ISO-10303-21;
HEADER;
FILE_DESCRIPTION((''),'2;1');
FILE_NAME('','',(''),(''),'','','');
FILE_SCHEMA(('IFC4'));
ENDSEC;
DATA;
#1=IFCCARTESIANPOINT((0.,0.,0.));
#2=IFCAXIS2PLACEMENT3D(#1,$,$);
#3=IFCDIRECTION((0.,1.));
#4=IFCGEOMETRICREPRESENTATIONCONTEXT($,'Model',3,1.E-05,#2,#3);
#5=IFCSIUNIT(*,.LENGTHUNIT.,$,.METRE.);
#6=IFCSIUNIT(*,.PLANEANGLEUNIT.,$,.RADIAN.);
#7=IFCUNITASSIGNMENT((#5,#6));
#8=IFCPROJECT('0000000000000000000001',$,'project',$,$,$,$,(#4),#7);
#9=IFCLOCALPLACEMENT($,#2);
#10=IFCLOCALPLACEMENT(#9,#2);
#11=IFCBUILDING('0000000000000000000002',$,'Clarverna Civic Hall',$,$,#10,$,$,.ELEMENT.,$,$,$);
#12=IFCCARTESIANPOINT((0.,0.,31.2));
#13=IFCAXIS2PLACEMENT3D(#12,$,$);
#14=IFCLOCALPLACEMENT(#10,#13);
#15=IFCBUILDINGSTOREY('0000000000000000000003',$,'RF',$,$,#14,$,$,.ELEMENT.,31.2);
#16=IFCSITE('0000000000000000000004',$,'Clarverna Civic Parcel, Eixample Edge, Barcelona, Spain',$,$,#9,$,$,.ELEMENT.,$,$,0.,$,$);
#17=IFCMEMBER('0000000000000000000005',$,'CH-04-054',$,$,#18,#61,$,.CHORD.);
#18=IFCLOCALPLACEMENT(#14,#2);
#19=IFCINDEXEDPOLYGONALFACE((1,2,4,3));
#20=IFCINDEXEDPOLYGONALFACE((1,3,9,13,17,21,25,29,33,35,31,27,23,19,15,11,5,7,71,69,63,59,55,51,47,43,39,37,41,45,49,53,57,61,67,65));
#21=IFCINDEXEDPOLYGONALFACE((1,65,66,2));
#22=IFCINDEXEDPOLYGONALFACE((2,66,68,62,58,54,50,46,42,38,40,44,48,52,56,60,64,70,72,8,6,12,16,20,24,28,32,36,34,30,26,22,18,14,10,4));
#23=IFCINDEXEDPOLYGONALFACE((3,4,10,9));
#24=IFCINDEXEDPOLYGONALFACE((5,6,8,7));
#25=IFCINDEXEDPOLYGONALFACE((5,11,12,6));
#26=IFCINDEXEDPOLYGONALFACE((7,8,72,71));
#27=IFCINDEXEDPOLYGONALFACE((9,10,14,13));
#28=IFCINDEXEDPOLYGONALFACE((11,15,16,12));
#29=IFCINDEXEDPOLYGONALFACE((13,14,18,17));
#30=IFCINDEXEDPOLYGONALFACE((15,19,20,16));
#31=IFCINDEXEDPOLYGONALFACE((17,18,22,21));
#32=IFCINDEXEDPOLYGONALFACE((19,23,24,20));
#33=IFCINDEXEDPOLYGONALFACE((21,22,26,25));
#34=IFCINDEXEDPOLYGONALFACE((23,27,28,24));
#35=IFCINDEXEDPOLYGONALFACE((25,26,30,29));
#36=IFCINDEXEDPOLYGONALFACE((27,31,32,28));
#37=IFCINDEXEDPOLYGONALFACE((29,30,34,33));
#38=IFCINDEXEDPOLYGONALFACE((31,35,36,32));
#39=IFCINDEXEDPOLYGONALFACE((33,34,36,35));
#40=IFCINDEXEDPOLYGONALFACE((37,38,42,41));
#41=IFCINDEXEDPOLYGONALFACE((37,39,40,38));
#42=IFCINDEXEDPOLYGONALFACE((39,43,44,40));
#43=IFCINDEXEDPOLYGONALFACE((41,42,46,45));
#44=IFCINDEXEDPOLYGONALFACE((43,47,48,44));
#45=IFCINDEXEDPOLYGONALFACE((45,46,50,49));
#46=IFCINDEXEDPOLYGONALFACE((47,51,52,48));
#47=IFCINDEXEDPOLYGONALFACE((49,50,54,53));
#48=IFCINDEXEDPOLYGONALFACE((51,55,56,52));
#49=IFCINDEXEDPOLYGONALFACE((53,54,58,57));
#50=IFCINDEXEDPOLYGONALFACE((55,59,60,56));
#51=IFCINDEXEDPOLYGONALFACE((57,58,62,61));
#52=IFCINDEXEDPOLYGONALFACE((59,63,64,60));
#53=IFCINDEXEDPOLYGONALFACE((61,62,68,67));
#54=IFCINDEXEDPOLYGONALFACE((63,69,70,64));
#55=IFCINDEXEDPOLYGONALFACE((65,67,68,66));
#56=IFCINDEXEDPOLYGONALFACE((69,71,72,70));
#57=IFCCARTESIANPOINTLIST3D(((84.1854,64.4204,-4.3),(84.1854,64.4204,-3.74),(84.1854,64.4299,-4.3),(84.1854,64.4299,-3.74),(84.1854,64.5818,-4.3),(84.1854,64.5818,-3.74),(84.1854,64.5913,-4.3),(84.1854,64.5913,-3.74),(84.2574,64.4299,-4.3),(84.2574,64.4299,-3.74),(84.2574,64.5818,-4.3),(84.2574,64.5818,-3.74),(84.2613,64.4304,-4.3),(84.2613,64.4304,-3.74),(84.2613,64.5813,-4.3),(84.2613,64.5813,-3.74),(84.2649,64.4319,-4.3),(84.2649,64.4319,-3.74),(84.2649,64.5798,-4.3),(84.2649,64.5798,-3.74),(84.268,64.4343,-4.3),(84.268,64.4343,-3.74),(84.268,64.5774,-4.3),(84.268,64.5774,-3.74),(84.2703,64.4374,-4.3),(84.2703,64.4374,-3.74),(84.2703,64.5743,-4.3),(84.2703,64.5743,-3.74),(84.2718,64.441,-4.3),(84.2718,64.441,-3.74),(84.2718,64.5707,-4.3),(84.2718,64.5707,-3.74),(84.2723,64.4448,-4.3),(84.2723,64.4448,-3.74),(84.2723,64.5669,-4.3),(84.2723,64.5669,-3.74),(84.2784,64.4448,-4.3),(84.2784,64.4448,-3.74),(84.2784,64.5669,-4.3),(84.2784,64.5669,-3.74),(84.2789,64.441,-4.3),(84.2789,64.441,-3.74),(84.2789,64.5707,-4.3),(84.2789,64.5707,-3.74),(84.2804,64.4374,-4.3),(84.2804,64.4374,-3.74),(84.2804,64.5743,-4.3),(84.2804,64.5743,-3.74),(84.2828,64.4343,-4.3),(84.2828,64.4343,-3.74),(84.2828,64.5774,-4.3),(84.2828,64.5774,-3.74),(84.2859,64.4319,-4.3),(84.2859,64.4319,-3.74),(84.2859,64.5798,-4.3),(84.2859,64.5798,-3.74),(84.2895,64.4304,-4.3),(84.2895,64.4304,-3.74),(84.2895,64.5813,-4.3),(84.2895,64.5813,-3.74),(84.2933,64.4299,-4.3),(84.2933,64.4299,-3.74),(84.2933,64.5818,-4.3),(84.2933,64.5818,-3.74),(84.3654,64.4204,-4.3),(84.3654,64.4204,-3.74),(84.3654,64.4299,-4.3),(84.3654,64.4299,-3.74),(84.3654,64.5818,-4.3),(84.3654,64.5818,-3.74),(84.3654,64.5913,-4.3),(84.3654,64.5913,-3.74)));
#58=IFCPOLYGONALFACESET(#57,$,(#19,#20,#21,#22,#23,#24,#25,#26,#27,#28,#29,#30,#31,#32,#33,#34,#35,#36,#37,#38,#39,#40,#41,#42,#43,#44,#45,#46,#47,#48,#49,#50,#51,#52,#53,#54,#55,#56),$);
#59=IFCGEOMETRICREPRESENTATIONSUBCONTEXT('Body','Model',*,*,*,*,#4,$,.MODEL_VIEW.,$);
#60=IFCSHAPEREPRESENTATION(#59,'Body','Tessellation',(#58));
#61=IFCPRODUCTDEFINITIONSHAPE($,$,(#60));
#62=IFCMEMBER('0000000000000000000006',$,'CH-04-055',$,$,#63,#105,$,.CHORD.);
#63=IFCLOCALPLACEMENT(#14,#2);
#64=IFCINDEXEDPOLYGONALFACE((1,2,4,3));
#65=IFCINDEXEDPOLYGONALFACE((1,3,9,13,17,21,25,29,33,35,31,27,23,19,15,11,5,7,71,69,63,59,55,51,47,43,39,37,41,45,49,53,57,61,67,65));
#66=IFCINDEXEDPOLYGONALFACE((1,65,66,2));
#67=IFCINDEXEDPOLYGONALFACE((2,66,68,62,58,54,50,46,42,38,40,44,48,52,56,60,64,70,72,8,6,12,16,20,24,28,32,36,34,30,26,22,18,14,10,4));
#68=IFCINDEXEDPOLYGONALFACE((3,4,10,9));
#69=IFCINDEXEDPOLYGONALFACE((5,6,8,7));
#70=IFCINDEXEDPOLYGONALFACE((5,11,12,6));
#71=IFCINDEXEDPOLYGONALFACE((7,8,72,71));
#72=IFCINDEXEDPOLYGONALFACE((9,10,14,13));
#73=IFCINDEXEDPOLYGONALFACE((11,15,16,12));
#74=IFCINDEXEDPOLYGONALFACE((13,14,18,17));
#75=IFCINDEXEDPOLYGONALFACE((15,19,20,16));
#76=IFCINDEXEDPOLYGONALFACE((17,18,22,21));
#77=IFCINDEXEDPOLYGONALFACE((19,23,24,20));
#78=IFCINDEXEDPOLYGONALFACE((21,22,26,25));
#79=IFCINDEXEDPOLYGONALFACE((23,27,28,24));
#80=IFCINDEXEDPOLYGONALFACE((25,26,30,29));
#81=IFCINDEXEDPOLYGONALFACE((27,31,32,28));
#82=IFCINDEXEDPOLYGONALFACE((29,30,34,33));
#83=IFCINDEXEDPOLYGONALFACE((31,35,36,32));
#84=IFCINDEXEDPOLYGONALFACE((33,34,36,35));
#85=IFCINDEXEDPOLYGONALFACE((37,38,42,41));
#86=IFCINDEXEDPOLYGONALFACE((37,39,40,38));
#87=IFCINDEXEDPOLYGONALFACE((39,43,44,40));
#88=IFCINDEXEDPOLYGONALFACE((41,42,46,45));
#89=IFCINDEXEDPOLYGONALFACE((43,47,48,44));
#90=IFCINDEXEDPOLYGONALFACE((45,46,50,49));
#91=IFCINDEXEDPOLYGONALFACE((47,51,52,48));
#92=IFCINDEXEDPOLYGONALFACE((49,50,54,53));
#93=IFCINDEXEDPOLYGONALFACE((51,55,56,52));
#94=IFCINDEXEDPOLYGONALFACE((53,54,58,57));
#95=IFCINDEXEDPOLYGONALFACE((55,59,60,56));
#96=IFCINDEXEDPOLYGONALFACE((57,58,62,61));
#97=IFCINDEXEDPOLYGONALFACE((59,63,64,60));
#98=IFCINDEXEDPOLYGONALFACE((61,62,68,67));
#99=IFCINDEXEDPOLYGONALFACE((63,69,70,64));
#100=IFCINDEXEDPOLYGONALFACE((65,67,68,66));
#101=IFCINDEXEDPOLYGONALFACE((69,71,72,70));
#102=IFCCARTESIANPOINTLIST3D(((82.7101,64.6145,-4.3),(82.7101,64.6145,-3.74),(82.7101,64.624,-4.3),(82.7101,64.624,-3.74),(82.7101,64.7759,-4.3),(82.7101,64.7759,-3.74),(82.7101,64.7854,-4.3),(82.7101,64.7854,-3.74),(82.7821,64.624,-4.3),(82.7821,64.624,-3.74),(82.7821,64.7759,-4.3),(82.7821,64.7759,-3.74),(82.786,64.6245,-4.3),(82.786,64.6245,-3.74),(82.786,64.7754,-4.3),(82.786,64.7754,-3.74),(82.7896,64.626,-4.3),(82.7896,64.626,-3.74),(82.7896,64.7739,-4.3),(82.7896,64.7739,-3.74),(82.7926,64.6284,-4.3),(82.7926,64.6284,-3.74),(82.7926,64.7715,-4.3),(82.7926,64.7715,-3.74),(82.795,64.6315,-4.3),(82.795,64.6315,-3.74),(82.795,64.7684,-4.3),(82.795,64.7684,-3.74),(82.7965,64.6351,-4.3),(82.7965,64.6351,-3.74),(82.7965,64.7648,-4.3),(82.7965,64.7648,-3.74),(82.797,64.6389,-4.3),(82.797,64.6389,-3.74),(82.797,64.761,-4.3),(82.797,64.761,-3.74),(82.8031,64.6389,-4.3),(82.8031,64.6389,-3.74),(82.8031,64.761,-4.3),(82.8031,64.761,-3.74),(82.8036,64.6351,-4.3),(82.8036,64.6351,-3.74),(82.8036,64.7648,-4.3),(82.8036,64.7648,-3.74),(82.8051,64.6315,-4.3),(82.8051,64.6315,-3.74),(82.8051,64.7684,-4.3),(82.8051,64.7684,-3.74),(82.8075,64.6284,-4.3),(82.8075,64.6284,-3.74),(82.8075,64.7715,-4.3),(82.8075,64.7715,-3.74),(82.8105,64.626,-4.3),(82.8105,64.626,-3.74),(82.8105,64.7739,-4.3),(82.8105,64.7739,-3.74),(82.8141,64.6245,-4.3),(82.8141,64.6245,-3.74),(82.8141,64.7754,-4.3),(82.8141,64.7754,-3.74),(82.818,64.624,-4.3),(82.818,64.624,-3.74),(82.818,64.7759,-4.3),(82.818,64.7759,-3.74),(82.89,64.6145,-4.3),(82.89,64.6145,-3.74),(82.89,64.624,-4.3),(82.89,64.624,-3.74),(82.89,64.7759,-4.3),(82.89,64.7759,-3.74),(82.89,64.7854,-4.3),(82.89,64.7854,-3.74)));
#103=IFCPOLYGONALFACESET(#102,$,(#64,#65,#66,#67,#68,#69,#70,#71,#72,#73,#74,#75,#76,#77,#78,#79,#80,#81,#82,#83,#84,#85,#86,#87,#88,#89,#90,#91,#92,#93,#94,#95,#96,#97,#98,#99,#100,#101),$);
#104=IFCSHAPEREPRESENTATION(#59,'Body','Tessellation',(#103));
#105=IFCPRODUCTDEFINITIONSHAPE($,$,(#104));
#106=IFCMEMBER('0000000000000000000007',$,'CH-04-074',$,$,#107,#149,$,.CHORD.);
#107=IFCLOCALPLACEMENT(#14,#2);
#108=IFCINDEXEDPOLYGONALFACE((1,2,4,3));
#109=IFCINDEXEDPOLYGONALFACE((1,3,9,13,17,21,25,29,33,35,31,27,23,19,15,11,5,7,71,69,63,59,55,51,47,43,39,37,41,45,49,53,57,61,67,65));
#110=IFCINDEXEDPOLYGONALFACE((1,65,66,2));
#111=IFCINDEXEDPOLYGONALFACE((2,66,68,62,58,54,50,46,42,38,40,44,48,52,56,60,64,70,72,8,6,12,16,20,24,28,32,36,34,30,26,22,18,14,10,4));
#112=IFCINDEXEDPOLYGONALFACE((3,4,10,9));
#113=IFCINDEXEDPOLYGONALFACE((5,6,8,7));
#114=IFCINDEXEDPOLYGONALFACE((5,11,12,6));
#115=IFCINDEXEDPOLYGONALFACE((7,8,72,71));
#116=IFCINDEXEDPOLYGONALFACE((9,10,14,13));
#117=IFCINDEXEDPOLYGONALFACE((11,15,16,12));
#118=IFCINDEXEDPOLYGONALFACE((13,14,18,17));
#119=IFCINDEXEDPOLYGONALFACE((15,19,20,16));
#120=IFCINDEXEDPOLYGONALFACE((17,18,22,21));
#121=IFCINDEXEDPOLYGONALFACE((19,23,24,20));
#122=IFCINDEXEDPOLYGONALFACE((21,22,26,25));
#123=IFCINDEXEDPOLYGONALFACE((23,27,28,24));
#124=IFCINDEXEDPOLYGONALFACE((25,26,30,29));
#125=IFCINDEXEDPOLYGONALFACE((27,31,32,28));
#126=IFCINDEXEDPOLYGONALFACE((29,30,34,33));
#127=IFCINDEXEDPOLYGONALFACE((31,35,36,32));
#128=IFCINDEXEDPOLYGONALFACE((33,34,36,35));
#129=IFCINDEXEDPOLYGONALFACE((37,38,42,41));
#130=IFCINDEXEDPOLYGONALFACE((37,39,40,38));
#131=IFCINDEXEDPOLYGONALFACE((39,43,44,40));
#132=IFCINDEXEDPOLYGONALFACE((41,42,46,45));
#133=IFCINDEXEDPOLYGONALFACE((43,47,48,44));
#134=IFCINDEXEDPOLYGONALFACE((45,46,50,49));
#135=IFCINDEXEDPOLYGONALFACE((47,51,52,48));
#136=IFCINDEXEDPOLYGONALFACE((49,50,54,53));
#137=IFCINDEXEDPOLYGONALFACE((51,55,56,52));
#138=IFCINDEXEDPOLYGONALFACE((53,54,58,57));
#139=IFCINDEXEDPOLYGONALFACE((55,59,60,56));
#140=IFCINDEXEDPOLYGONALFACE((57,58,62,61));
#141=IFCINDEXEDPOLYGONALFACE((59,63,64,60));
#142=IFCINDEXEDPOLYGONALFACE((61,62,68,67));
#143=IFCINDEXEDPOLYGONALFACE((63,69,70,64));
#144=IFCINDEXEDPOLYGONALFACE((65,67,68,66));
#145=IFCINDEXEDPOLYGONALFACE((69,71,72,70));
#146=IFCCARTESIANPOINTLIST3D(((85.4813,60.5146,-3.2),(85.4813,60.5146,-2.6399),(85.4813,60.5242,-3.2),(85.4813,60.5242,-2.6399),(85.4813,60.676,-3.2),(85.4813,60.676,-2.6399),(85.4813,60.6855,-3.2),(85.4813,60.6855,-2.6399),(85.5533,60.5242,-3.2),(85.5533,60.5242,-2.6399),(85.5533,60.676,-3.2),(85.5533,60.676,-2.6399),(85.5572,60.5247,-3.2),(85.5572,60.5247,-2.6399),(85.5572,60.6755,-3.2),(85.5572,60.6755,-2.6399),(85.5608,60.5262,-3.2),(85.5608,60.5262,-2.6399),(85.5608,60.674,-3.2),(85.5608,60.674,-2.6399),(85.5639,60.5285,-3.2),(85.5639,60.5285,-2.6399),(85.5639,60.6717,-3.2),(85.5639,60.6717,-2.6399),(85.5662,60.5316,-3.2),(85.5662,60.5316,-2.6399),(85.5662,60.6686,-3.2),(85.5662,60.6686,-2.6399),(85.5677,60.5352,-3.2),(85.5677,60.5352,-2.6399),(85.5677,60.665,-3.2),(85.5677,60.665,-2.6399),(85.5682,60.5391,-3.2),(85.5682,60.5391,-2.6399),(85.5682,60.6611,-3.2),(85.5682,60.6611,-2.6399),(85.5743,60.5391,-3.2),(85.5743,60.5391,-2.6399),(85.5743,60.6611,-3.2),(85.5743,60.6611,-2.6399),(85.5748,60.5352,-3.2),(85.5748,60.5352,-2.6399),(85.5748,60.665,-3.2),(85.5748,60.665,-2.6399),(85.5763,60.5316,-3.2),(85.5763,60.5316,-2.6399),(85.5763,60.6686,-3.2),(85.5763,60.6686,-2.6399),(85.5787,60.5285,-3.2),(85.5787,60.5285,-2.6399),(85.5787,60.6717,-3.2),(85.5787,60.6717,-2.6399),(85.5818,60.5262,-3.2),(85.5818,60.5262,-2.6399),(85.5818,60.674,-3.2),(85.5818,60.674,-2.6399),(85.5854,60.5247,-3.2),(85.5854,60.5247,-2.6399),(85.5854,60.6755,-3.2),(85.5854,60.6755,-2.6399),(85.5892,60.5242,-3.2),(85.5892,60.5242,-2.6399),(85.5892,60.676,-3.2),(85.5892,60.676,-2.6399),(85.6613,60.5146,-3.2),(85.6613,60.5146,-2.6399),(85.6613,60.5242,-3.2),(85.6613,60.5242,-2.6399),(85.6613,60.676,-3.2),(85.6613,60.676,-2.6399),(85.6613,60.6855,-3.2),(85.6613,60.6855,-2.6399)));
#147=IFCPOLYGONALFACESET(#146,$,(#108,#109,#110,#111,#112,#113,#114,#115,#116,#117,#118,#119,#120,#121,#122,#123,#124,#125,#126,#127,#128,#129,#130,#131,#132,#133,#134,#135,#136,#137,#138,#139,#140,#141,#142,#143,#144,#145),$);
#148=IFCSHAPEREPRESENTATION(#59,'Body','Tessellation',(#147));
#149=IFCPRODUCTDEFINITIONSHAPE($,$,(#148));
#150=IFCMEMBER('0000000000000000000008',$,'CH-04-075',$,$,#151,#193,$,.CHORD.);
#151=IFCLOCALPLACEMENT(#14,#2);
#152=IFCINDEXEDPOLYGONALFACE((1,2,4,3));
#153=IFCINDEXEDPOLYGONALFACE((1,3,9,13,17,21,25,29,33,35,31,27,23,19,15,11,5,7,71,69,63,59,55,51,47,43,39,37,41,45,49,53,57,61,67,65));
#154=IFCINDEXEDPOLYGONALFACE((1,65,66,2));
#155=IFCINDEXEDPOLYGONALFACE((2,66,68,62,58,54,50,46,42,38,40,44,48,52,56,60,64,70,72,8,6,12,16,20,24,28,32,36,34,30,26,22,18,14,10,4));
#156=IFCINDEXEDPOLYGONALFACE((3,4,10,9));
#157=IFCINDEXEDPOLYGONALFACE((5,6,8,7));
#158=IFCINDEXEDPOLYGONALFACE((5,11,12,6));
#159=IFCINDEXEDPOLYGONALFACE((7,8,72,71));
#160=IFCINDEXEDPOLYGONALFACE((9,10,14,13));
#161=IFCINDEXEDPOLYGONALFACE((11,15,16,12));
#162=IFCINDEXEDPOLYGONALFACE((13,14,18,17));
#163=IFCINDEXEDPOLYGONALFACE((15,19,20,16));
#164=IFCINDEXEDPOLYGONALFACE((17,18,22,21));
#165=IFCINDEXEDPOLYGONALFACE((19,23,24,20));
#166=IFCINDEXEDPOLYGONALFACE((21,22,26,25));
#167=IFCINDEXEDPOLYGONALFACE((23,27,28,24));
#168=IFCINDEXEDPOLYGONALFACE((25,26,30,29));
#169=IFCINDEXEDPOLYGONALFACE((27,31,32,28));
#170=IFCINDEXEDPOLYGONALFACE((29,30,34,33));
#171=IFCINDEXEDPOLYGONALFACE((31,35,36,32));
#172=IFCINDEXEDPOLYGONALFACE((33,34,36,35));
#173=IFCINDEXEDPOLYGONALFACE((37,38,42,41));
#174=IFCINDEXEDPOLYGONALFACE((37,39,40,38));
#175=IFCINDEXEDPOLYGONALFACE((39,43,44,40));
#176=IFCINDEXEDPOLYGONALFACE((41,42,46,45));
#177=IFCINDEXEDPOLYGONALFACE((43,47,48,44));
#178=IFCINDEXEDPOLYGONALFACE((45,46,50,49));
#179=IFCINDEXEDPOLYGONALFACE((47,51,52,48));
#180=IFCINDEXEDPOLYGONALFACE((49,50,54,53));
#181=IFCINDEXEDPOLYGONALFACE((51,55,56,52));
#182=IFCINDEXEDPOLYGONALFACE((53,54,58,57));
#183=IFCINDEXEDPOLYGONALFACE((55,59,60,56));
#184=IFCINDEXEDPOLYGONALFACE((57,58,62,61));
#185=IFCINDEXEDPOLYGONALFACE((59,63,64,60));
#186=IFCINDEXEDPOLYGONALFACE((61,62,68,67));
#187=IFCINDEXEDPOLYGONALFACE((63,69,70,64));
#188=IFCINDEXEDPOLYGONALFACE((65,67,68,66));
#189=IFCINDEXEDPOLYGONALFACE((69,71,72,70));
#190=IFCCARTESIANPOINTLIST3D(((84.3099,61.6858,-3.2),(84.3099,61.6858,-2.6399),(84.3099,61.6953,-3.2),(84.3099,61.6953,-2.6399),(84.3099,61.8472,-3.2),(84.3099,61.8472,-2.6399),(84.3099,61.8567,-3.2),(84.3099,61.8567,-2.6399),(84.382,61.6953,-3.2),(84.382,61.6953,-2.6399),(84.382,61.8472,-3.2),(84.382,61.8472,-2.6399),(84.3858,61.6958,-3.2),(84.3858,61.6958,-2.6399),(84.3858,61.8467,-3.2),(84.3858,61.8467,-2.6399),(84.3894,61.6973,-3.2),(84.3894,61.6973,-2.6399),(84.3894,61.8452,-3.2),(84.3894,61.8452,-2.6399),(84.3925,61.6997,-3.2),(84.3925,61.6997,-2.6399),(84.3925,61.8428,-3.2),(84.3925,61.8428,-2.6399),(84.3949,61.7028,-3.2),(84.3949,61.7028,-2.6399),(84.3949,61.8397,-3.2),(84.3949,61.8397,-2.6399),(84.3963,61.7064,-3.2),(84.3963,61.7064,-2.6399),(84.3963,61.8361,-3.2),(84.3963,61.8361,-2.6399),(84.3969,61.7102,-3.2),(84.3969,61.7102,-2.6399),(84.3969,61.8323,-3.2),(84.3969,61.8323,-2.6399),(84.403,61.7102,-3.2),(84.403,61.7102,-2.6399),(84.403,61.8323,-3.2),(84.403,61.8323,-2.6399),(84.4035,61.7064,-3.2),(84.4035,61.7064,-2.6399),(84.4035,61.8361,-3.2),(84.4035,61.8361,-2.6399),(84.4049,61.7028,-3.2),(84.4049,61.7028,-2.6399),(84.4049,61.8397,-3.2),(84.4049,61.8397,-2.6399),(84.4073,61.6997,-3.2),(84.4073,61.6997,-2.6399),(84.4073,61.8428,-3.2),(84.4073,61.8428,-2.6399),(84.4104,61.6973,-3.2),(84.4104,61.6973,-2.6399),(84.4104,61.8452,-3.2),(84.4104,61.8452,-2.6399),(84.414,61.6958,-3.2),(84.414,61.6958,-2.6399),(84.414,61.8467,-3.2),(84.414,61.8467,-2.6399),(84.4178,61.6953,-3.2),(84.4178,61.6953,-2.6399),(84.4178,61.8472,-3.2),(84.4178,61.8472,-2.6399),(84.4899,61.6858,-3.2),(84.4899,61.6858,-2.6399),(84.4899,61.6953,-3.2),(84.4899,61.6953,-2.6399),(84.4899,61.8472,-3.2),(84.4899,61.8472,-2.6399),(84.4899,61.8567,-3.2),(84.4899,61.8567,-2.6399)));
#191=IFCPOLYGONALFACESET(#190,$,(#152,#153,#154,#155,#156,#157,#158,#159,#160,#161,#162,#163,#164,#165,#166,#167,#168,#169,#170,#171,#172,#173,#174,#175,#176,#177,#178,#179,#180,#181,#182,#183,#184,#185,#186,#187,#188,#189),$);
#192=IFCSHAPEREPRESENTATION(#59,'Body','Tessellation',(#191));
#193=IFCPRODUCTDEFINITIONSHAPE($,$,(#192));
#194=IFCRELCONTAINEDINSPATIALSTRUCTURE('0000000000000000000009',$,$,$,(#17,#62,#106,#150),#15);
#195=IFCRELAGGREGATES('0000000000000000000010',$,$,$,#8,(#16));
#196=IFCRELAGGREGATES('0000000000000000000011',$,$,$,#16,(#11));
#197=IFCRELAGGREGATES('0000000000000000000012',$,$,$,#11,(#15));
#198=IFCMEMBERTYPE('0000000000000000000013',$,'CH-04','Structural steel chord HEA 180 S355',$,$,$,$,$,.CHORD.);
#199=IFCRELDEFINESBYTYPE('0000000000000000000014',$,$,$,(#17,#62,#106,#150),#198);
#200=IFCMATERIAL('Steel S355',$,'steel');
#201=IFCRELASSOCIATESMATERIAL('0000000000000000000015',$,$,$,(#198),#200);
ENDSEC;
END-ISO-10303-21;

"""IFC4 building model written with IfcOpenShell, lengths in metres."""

from ifc_helpers import new_model, si_unit, direction, frame, origin, origin_2d, place, context, subcontext, project, spatial, i_section, extrude, material, material_profile, profile_set, type_object, element, save


model = new_model("IFC4")

# Units and contexts
model_context = context("Model", 3, precision=1e-05, world=origin(), true_north=direction((0.0, 1.0)))
body_context = subcontext(model_context, "Body", "Model", "MODEL_VIEW")
ifc_project = project(units=[si_unit("LENGTHUNIT", "METRE"), si_unit("PLANEANGLEUNIT", "RADIAN")], contexts=[model_context])

# Site, building, storey
site_placement = place(None, origin())
site = spatial("IfcSite", under=ifc_project, at=site_placement, Name="Clarverna Civic Parcel, Eixample Edge, Barcelona, Spain", CompositionType="ELEMENT", RefElevation=0.0)
building_placement = place(site_placement, origin())
building = spatial("IfcBuilding", under=site, at=building_placement, Name="Clarverna Civic Hall", CompositionType="ELEMENT")
storey_placement = place(building_placement, frame((0.0, 0.0, 31.2)))
storey = spatial("IfcBuildingStorey", under=building, at=storey_placement, Name="RF", CompositionType="ELEMENT", Elevation=31.2)

# Members
ifc_material_1 = material(Name="Steel S355", Category="steel")
ifc_material_profile_1 = material_profile(ifc_material_1, i_section(OverallWidth=0.1799, OverallDepth=0.1709, WebThickness=0.0061, FlangeThickness=0.0095, FilletRadius=0.0149, at=origin_2d()), Name="HEA 180")
ifc_profile_set_1 = profile_set([ifc_material_profile_1], Name="Steel S355")
member_type_1 = type_object("IfcMemberType", Name="CH-04", Description="Structural steel chord HEA 180 S355", PredefinedType="CHORD", material=ifc_profile_set_1)
for number, where, z_axis, x_axis, name in (
    (1, (84.2754, 64.5059, -4.3), (0.0, 0.0, 1.0), (1.0, 0.0, 0.0), "CH-04-054"),
    (2, (82.8, 64.7, -4.3), (0.0, 0.0, 1.0), (1.0, 0.0, 0.0), "CH-04-055"),
    (3, (85.5713, 60.6001, -3.2), (0.0, 0.0, 1.0), (1.0, 0.0, 0.0), "CH-04-074"),
    (4, (84.3999, 61.7712, -3.2), (0.0, 0.0, 1.0), (1.0, 0.0, 0.0), "CH-04-075"),
):
    element("IfcMember", number, at=place(storey_placement, frame(where, z_axis=z_axis, x_axis=x_axis)), inside=storey, type_object=member_type_1, Name=name, PredefinedType="CHORD", context=body_context, shape_type="SweptSolid", body=[
        extrude(i_section(OverallWidth=0.1799, OverallDepth=0.1709, WebThickness=0.0061, FlangeThickness=0.0095, FilletRadius=0.0149, at=origin_2d()), origin(), (0.0, 0.0, 1.0), 0.5601),
    ])

save(model, "model.ifc")
